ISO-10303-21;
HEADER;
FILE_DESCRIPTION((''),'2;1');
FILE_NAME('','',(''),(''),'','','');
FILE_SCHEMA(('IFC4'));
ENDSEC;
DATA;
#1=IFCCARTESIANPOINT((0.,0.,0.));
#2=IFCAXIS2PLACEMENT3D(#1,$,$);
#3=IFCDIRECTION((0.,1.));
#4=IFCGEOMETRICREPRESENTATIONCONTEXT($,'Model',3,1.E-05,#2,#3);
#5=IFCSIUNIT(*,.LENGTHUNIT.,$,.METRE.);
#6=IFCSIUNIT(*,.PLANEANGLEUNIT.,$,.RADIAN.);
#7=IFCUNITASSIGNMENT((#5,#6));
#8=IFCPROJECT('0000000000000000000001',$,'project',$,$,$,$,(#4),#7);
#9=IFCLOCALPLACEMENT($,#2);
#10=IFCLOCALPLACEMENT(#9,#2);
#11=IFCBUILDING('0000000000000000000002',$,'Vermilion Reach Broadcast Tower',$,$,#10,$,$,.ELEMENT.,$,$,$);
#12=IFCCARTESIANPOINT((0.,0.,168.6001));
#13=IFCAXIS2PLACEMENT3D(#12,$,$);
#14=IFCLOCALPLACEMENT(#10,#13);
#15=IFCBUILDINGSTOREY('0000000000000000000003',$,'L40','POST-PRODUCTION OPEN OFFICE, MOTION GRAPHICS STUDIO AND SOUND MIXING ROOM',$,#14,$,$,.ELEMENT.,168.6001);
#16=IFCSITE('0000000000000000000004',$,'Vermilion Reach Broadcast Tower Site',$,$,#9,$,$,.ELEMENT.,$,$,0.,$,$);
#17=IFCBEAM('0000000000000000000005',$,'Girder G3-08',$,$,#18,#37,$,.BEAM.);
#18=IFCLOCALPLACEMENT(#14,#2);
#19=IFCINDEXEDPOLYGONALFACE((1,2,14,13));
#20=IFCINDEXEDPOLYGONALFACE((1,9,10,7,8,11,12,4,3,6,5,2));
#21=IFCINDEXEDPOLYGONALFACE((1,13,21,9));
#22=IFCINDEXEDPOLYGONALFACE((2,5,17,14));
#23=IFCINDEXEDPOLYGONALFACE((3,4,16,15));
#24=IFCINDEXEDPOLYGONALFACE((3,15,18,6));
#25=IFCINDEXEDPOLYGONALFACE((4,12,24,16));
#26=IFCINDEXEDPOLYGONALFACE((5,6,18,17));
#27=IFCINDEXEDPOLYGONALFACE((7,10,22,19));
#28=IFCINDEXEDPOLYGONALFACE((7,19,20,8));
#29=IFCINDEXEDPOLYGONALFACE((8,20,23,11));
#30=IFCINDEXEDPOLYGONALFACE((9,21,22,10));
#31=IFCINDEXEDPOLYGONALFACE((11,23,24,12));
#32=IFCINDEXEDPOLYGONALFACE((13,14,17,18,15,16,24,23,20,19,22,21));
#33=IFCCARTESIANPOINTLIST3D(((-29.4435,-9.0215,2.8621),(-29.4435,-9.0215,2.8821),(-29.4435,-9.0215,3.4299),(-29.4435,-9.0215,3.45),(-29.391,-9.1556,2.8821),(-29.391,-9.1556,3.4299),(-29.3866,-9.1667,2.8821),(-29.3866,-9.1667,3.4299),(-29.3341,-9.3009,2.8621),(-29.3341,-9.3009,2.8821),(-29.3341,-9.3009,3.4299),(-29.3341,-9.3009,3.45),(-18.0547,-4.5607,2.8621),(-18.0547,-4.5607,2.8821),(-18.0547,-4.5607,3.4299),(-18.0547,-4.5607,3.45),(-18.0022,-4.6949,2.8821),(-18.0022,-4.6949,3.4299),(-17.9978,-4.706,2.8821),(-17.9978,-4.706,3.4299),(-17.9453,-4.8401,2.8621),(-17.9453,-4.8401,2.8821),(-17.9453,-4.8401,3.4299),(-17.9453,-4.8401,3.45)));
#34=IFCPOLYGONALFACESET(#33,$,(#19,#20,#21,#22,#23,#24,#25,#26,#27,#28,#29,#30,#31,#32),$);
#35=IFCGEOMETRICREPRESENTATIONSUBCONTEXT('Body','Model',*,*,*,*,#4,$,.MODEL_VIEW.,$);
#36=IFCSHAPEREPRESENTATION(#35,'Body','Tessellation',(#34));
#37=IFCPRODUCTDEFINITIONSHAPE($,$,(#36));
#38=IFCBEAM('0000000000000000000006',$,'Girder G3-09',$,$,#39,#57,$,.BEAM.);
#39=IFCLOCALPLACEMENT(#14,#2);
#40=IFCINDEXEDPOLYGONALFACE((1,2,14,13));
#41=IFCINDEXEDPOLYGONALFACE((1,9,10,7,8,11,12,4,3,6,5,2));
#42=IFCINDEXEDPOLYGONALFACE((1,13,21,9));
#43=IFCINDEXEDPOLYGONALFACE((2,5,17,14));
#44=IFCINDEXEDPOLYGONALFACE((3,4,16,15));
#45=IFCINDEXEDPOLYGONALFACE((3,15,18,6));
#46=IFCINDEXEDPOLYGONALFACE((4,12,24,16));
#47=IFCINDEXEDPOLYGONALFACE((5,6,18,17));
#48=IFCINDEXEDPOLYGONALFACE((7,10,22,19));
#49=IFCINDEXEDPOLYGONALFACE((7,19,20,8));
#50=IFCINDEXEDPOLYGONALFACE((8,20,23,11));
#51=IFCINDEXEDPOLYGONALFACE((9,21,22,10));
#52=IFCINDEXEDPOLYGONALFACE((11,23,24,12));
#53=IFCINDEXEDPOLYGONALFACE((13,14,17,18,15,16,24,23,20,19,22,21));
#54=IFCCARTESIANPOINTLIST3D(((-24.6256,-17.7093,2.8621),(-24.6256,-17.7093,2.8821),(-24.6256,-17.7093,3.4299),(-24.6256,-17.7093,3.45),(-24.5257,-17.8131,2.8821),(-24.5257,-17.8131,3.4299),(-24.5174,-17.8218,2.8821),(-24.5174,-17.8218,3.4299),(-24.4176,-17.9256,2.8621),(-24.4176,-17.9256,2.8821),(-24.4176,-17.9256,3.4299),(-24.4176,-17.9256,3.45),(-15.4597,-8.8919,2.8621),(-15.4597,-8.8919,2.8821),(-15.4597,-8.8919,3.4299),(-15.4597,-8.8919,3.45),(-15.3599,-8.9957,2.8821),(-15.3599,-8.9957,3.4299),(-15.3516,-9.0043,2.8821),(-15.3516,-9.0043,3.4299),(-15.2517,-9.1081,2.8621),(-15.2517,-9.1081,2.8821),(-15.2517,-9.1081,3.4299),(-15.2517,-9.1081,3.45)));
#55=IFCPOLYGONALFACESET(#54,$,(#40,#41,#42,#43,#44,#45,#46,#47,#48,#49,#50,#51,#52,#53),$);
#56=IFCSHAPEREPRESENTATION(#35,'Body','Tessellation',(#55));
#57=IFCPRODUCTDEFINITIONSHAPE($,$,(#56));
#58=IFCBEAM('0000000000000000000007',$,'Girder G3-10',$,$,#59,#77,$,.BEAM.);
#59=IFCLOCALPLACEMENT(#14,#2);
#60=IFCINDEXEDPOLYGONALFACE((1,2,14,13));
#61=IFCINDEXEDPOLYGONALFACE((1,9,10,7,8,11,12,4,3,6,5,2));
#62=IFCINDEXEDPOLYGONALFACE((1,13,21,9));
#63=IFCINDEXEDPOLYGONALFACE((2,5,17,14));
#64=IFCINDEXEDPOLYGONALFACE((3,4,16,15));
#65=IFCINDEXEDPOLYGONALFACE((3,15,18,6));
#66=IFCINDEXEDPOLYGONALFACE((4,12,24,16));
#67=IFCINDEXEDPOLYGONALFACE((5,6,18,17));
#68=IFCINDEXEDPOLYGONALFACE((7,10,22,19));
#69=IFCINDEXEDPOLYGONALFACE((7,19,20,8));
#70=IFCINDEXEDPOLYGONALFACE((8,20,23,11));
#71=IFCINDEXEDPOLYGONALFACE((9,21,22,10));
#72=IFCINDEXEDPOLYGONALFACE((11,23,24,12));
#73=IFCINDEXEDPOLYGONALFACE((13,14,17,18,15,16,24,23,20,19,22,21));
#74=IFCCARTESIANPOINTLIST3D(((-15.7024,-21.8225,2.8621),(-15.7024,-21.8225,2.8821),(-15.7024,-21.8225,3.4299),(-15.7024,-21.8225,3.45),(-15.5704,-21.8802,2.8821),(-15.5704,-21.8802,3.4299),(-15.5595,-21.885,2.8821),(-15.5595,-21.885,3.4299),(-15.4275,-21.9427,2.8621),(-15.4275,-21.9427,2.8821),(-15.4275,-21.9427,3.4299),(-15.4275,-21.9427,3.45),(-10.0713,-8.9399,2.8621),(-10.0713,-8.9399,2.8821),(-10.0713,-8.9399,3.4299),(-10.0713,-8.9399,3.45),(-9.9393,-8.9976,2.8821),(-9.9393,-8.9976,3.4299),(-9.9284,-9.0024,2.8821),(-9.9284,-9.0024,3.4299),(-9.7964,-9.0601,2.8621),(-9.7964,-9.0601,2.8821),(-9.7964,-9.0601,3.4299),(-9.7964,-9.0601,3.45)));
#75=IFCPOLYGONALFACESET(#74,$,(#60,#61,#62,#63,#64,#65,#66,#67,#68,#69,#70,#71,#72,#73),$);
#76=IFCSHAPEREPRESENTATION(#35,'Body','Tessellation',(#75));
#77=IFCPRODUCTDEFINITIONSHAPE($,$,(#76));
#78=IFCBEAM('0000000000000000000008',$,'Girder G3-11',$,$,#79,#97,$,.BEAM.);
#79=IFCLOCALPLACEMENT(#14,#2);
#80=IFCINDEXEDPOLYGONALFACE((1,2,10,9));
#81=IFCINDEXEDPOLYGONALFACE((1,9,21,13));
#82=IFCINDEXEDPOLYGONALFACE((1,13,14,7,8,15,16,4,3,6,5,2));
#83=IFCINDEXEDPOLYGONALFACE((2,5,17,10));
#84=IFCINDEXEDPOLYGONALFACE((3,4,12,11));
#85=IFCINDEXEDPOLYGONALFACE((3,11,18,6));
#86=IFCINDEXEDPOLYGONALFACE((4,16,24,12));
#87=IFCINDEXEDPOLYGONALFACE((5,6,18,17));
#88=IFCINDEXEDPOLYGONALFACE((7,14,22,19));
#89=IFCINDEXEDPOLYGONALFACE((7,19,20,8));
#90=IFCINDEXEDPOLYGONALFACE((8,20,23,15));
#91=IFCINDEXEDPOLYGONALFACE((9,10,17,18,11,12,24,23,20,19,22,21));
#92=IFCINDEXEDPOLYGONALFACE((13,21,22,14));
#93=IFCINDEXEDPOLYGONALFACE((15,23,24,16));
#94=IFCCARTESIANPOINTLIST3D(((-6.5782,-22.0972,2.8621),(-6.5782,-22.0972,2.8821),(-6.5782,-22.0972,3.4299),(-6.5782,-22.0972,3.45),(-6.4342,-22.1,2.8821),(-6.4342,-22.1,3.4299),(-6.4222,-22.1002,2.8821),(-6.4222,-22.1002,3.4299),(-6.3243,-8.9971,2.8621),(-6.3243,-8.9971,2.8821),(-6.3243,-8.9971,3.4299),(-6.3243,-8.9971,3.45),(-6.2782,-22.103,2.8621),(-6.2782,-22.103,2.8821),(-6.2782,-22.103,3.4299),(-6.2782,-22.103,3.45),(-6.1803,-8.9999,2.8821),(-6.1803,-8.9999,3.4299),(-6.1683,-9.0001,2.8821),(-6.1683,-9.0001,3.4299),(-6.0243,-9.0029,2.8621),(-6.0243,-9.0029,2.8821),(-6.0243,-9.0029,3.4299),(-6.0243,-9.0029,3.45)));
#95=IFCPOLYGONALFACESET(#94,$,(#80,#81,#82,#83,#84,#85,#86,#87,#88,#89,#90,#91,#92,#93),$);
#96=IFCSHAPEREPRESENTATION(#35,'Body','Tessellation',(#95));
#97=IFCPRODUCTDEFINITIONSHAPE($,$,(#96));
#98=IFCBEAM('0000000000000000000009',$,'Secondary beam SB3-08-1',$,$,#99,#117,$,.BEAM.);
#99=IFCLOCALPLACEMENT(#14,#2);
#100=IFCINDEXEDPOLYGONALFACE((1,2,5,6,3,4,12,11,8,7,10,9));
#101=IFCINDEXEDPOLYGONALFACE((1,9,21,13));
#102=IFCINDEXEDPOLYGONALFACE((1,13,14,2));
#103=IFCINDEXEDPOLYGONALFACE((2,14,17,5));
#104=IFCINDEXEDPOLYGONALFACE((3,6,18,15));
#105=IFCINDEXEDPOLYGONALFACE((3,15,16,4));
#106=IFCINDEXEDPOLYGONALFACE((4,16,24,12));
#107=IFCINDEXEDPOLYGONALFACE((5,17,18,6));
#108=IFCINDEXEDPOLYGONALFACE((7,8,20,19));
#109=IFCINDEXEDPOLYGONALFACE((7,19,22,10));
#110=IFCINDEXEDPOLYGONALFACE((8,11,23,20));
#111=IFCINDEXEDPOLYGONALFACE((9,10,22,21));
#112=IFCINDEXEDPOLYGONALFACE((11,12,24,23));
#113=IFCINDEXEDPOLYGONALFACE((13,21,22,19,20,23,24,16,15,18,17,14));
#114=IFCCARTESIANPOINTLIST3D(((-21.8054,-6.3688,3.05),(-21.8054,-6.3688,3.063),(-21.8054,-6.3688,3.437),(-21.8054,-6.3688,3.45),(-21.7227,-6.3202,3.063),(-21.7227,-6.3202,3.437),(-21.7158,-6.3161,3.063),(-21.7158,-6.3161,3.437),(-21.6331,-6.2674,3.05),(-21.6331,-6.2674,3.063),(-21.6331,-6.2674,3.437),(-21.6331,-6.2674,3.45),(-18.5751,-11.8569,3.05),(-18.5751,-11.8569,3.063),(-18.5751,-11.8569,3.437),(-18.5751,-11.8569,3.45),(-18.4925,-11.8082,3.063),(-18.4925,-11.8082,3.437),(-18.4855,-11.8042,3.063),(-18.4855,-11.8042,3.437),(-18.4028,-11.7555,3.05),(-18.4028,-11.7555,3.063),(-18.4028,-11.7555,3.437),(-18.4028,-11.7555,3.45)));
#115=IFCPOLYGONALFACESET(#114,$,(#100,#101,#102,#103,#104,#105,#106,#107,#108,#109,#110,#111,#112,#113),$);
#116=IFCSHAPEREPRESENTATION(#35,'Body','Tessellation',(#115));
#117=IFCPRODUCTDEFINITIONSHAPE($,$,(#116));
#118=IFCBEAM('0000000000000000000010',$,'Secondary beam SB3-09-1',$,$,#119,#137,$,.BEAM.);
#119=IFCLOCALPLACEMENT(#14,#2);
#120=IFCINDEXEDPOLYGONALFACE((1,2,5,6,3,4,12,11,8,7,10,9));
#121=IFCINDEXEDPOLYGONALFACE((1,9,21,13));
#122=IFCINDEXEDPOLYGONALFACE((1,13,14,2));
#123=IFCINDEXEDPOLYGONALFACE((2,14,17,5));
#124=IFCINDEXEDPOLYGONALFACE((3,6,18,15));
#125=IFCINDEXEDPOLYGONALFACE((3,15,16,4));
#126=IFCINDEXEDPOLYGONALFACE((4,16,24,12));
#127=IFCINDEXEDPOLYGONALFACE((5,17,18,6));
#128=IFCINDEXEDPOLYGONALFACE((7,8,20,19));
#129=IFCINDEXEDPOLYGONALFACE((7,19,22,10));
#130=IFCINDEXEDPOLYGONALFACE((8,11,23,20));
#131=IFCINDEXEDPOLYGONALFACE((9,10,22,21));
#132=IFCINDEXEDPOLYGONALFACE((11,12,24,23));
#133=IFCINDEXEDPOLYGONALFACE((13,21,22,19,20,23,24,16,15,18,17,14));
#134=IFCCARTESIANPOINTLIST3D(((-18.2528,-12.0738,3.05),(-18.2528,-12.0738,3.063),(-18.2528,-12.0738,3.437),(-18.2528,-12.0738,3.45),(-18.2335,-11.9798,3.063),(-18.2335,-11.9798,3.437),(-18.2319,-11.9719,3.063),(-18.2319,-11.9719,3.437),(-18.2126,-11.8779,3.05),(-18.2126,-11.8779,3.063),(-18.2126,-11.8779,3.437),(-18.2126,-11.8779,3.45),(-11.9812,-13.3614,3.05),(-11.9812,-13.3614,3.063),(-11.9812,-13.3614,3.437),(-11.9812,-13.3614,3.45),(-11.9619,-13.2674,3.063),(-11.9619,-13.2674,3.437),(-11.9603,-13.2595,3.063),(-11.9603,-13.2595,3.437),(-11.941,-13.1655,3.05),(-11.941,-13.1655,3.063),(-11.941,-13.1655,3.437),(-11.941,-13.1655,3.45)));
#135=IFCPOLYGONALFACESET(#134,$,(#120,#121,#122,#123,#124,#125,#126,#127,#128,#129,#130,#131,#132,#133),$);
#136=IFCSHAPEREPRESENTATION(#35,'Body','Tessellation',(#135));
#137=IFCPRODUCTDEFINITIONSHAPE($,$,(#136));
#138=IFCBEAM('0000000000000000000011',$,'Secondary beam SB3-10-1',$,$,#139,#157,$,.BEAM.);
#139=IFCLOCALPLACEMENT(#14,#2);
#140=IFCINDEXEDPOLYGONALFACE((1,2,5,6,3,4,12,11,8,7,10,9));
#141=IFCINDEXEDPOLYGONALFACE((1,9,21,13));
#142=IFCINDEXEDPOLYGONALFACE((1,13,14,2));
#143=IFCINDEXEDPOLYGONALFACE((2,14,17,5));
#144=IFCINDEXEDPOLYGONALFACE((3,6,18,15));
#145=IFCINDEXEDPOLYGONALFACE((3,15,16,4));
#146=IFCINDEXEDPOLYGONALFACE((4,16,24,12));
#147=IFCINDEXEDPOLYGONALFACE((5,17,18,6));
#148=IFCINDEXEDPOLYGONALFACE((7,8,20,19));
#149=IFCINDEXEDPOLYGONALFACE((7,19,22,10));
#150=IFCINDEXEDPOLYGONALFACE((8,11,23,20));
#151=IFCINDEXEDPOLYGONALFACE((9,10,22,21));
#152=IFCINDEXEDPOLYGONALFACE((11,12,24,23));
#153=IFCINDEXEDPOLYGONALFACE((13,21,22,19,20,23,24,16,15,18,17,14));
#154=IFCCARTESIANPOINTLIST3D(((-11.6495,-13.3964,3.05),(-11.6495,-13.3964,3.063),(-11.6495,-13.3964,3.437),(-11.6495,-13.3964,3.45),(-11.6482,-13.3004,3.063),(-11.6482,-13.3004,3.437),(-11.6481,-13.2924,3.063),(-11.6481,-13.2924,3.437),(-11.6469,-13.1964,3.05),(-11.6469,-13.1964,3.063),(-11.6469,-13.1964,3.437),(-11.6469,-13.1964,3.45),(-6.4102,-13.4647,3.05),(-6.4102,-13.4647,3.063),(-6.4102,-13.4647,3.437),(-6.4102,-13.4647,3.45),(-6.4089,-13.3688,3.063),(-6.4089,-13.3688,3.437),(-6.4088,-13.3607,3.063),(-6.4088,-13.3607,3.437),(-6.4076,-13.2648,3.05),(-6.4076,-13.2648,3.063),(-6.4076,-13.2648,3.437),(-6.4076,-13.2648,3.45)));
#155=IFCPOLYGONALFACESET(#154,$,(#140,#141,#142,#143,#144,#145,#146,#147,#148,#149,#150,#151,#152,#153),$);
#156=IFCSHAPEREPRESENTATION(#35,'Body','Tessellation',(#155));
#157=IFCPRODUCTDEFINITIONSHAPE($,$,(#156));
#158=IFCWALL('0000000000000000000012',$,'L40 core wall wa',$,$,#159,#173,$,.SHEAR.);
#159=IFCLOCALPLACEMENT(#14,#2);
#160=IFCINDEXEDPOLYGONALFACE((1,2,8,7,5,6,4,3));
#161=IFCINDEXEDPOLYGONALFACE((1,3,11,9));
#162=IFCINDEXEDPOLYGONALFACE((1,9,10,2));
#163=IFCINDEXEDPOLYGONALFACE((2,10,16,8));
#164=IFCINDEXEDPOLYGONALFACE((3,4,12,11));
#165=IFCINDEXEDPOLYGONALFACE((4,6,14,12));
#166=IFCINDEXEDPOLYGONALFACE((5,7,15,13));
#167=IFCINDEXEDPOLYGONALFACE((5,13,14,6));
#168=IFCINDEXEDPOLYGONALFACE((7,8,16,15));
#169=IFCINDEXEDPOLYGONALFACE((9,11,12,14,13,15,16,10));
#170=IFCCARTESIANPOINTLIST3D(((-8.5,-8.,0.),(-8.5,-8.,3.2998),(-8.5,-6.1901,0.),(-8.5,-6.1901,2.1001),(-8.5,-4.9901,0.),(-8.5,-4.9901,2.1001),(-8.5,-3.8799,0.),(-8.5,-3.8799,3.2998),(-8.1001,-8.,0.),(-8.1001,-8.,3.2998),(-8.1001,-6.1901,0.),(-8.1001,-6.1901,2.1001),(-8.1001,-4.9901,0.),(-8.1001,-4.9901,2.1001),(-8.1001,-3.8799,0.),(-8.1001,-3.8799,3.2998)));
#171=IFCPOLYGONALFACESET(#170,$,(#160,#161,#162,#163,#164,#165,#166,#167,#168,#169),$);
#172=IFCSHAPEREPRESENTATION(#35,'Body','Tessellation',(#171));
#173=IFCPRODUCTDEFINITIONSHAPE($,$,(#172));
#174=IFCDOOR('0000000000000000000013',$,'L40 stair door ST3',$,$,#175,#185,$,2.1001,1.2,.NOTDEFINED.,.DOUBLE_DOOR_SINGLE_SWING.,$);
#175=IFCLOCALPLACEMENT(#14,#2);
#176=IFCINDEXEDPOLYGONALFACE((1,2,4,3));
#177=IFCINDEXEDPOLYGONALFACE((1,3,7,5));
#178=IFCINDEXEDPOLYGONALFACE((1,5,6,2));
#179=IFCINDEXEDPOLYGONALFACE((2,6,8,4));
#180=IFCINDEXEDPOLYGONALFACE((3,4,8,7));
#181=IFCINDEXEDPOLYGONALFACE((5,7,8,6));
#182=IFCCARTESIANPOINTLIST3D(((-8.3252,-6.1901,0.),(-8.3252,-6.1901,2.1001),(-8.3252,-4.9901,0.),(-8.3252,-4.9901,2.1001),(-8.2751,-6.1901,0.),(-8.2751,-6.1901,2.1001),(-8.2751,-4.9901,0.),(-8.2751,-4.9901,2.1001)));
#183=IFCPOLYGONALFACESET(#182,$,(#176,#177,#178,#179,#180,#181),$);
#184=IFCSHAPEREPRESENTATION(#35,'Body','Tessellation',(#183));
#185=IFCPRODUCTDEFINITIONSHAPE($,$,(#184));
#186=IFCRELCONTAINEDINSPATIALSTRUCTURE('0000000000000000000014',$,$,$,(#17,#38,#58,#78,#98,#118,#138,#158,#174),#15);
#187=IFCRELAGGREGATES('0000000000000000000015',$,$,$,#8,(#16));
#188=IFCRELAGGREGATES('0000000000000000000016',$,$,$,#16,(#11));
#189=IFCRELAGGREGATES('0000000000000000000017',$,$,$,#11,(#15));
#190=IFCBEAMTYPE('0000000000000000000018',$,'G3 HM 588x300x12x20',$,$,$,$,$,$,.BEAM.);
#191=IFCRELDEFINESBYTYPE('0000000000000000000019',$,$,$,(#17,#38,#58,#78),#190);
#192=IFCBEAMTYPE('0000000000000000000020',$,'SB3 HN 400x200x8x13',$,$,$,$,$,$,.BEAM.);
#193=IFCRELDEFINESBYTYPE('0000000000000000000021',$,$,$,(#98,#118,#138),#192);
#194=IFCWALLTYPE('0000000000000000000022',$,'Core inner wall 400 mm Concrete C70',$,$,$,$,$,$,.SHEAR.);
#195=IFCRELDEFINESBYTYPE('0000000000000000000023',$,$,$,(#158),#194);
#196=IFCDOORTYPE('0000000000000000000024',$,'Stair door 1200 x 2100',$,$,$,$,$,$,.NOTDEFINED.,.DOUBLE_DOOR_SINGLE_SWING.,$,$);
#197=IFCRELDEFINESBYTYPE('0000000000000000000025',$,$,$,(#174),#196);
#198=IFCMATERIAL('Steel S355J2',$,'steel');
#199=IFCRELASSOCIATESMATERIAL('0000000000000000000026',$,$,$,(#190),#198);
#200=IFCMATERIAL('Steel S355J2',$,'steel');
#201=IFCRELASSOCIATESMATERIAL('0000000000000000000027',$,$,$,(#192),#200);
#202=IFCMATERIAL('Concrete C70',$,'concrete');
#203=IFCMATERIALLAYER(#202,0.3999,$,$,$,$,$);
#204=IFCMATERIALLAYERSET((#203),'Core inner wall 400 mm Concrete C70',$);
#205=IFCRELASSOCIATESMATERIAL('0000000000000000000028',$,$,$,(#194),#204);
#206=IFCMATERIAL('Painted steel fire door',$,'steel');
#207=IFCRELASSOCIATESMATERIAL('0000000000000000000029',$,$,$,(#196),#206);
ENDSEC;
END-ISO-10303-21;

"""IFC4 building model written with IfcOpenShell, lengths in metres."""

from ifc_helpers import new_model, si_unit, direction, frame, frame_2d, origin, origin_2d, place, context, subcontext, project, spatial, rectangle, i_section, extrude, material, layer, layer_set, material_profile, profile_set, type_object, element, fill, save


model = new_model("IFC4")

# Units and contexts
model_context = context("Model", 3, precision=1e-05, world=origin(), true_north=direction((0.0, 1.0)))
body_context = subcontext(model_context, "Body", "Model", "MODEL_VIEW")
ifc_project = project(units=[si_unit("LENGTHUNIT", "METRE"), si_unit("PLANEANGLEUNIT", "RADIAN")], contexts=[model_context])

# Site, building, storey
site_placement = place(None, origin())
site = spatial("IfcSite", under=ifc_project, at=site_placement, Name="Vermilion Reach Broadcast Tower Site", CompositionType="ELEMENT", RefElevation=0.0)
building_placement = place(site_placement, origin())
building = spatial("IfcBuilding", under=site, at=building_placement, Name="Vermilion Reach Broadcast Tower", CompositionType="ELEMENT")
storey_placement = place(building_placement, frame((0.0, 0.0, 168.6001)))
storey = spatial("IfcBuildingStorey", under=building, at=storey_placement, Name="L40", Description="POST-PRODUCTION OPEN OFFICE, MOTION GRAPHICS STUDIO AND SOUND MIXING ROOM", CompositionType="ELEMENT", Elevation=168.6001)

# Beams
ifc_material_1 = material(Name="Steel S355J2", Category="steel")
ifc_material_profile_1 = material_profile(ifc_material_1, i_section(OverallWidth=0.3, OverallDepth=0.5879, WebThickness=0.012, FlangeThickness=0.02, at=origin_2d()), Name="S355J2 HM 588x300x12x20")
ifc_profile_set_1 = profile_set([ifc_material_profile_1], Name="Steel S355J2")
beam_type_1 = type_object("IfcBeamType", Name="G3 HM 588x300x12x20", PredefinedType="BEAM", material=ifc_profile_set_1)
beam_1_placement = place(storey_placement, frame((-18.0, -4.7004, 3.156), z_axis=(-0.931125, -0.364701, 0.0), x_axis=(0.364701, -0.931125, 0.0)))
element("IfcBeam", 1, at=beam_1_placement, inside=storey, type_object=beam_type_1, Name="Girder G3-08", PredefinedType="BEAM", context=body_context, shape_type="SweptSolid", body=[
    extrude(i_section(OverallWidth=0.3, OverallDepth=0.5879, WebThickness=0.012, FlangeThickness=0.02, at=origin_2d()), origin(), (0.0, 0.0, 1.0), 12.2312),
])
beam_2_placement = place(storey_placement, frame((-15.3557, -9.0, 3.156), z_axis=(-0.72067, -0.693278, 0.0), x_axis=(0.693278, -0.72067, 0.0)))
element("IfcBeam", 2, at=beam_2_placement, inside=storey, type_object=beam_type_1, Name="Girder G3-09", PredefinedType="BEAM", context=body_context, shape_type="SweptSolid", body=[
    extrude(i_section(OverallWidth=0.3, OverallDepth=0.5879, WebThickness=0.012, FlangeThickness=0.02, at=origin_2d()), origin(), (0.0, 0.0, 1.0), 12.7185),
])
beam_3_placement = place(storey_placement, frame((-9.9338, -9.0, 3.156), z_axis=(-0.400519, -0.916288, 0.0), x_axis=(0.916288, -0.400519, 0.0)))
element("IfcBeam", 3, at=beam_3_placement, inside=storey, type_object=beam_type_1, Name="Girder G3-10", PredefinedType="BEAM", context=body_context, shape_type="SweptSolid", body=[
    extrude(i_section(OverallWidth=0.3, OverallDepth=0.5879, WebThickness=0.012, FlangeThickness=0.02, at=origin_2d()), origin(), (0.0, 0.0, 1.0), 14.0596),
])
beam_4_placement = place(storey_placement, frame((-6.1743, -9.0, 3.156), z_axis=(-0.019378, -0.999812, 0.0), x_axis=(0.999812, -0.019378, 0.0)))
element("IfcBeam", 4, at=beam_4_placement, inside=storey, type_object=beam_type_1, Name="Girder G3-11", PredefinedType="BEAM", context=body_context, shape_type="SweptSolid", body=[
    extrude(i_section(OverallWidth=0.3, OverallDepth=0.5879, WebThickness=0.012, FlangeThickness=0.02, at=origin_2d()), origin(), (0.0, 0.0, 1.0), 13.1025),
])
ifc_material_2 = material(Name="Steel S355J2", Category="steel")
ifc_material_profile_2 = material_profile(ifc_material_2, i_section(OverallWidth=0.2, OverallDepth=0.3999, WebThickness=0.0081, FlangeThickness=0.0129, at=origin_2d()), Name="S355J2 HN 400x200x8x13")
ifc_profile_set_2 = profile_set([ifc_material_profile_2], Name="Steel S355J2")
beam_type_2 = type_object("IfcBeamType", Name="SB3 HN 400x200x8x13", PredefinedType="BEAM", material=ifc_profile_set_2)
beam_5_placement = place(storey_placement, frame((-21.7192, -6.3181, 3.25), z_axis=(0.50725, -0.861799, 0.0), x_axis=(0.861799, 0.50725, 0.0)))
element("IfcBeam", 5, at=beam_5_placement, inside=storey, type_object=beam_type_2, Name="Secondary beam SB3-08-1", PredefinedType="BEAM", context=body_context, shape_type="SweptSolid", body=[
    extrude(i_section(OverallWidth=0.2, OverallDepth=0.3999, WebThickness=0.0081, FlangeThickness=0.0129, at=origin_2d()), origin(), (0.0, 0.0, 1.0), 6.3682),
])
beam_6_placement = place(storey_placement, frame((-18.2327, -11.9758, 3.25), z_axis=(0.979568, -0.201115, 0.0), x_axis=(0.201115, 0.979568, 0.0)))
element("IfcBeam", 6, at=beam_6_placement, inside=storey, type_object=beam_type_2, Name="Secondary beam SB3-09-1", PredefinedType="BEAM", context=body_context, shape_type="SweptSolid", body=[
    extrude(i_section(OverallWidth=0.2, OverallDepth=0.3999, WebThickness=0.0081, FlangeThickness=0.0129, at=origin_2d()), origin(), (0.0, 0.0, 1.0), 6.4023),
])
beam_7_placement = place(storey_placement, frame((-11.6482, -13.2964, 3.25), z_axis=(0.999915, -0.013046, 0.0), x_axis=(0.013046, 0.999915, 0.0)))
element("IfcBeam", 7, at=beam_7_placement, inside=storey, type_object=beam_type_2, Name="Secondary beam SB3-10-1", PredefinedType="BEAM", context=body_context, shape_type="SweptSolid", body=[
    extrude(i_section(OverallWidth=0.2, OverallDepth=0.3999, WebThickness=0.0081, FlangeThickness=0.0129, at=origin_2d()), origin(), (0.0, 0.0, 1.0), 5.2397),
])

# Wall, opening, door
ifc_material_3 = material(Name="Concrete C70", Category="concrete")
ifc_layer_1 = layer(ifc_material_3, 0.3999)
ifc_layer_set_1 = layer_set([ifc_layer_1], Name="Core inner wall 400 mm Concrete C70")
wall_type_1 = type_object("IfcWallType", Name="Core inner wall 400 mm Concrete C70", PredefinedType="SHEAR", material=ifc_layer_set_1)
wall_1_placement = place(storey_placement, frame((-8.3, -3.8799, 0.0), z_axis=(0.0, 0.0, 1.0), x_axis=(0.0, -1.0, 0.0)))
wall_1 = element("IfcWall", 8, at=wall_1_placement, inside=storey, type_object=wall_type_1, Name="L40 core wall wa", PredefinedType="SHEAR", context=body_context, shape_type="SweptSolid", body=[
    extrude(rectangle(XDim=4.1201, YDim=0.3999, at=frame_2d((2.0601, 0.0))), origin(), (0.0, 0.0, 1.0), 3.2998),
])
opening_1_placement = place(wall_1_placement, frame((1.1101, 0.0, 0.0)))
opening_1 = element("IfcOpeningElement", 9, at=opening_1_placement, cuts=wall_1, PredefinedType="OPENING", context=body_context, shape_type="SweptSolid", body=[
    extrude(rectangle(XDim=1.2, YDim=2.1001, at=frame_2d((0.6001, 1.05))), frame((0.0, 0.21, 0.0), z_axis=(0.0, -1.0, 0.0), x_axis=(1.0, 0.0, 0.0)), (0.0, 0.0, 1.0), 0.4199),
])
ifc_material_4 = material(Name="Painted steel fire door", Category="steel")
door_type_1 = type_object("IfcDoorType", Name="Stair door 1200 x 2100", OperationType="DOUBLE_DOOR_SINGLE_SWING", PredefinedType="NOTDEFINED", material=ifc_material_4)
door_1_placement = place(opening_1_placement, origin())
door_1 = element("IfcDoor", 10, at=door_1_placement, inside=storey, type_object=door_type_1, Name="L40 stair door ST3", OperationType="DOUBLE_DOOR_SINGLE_SWING", OverallHeight=2.1001, OverallWidth=1.2, PredefinedType="NOTDEFINED", context=body_context, shape_type="SweptSolid", body=[
    extrude(rectangle(XDim=1.2, YDim=2.1001, at=frame_2d((0.6001, 1.05))), frame((0.0, 0.0249, 0.0), z_axis=(0.0, -1.0, 0.0), x_axis=(1.0, 0.0, 0.0)), (0.0, 0.0, 1.0), 0.05),
])
fill(opening_1, door_1)

save(model, "model.ifc")
